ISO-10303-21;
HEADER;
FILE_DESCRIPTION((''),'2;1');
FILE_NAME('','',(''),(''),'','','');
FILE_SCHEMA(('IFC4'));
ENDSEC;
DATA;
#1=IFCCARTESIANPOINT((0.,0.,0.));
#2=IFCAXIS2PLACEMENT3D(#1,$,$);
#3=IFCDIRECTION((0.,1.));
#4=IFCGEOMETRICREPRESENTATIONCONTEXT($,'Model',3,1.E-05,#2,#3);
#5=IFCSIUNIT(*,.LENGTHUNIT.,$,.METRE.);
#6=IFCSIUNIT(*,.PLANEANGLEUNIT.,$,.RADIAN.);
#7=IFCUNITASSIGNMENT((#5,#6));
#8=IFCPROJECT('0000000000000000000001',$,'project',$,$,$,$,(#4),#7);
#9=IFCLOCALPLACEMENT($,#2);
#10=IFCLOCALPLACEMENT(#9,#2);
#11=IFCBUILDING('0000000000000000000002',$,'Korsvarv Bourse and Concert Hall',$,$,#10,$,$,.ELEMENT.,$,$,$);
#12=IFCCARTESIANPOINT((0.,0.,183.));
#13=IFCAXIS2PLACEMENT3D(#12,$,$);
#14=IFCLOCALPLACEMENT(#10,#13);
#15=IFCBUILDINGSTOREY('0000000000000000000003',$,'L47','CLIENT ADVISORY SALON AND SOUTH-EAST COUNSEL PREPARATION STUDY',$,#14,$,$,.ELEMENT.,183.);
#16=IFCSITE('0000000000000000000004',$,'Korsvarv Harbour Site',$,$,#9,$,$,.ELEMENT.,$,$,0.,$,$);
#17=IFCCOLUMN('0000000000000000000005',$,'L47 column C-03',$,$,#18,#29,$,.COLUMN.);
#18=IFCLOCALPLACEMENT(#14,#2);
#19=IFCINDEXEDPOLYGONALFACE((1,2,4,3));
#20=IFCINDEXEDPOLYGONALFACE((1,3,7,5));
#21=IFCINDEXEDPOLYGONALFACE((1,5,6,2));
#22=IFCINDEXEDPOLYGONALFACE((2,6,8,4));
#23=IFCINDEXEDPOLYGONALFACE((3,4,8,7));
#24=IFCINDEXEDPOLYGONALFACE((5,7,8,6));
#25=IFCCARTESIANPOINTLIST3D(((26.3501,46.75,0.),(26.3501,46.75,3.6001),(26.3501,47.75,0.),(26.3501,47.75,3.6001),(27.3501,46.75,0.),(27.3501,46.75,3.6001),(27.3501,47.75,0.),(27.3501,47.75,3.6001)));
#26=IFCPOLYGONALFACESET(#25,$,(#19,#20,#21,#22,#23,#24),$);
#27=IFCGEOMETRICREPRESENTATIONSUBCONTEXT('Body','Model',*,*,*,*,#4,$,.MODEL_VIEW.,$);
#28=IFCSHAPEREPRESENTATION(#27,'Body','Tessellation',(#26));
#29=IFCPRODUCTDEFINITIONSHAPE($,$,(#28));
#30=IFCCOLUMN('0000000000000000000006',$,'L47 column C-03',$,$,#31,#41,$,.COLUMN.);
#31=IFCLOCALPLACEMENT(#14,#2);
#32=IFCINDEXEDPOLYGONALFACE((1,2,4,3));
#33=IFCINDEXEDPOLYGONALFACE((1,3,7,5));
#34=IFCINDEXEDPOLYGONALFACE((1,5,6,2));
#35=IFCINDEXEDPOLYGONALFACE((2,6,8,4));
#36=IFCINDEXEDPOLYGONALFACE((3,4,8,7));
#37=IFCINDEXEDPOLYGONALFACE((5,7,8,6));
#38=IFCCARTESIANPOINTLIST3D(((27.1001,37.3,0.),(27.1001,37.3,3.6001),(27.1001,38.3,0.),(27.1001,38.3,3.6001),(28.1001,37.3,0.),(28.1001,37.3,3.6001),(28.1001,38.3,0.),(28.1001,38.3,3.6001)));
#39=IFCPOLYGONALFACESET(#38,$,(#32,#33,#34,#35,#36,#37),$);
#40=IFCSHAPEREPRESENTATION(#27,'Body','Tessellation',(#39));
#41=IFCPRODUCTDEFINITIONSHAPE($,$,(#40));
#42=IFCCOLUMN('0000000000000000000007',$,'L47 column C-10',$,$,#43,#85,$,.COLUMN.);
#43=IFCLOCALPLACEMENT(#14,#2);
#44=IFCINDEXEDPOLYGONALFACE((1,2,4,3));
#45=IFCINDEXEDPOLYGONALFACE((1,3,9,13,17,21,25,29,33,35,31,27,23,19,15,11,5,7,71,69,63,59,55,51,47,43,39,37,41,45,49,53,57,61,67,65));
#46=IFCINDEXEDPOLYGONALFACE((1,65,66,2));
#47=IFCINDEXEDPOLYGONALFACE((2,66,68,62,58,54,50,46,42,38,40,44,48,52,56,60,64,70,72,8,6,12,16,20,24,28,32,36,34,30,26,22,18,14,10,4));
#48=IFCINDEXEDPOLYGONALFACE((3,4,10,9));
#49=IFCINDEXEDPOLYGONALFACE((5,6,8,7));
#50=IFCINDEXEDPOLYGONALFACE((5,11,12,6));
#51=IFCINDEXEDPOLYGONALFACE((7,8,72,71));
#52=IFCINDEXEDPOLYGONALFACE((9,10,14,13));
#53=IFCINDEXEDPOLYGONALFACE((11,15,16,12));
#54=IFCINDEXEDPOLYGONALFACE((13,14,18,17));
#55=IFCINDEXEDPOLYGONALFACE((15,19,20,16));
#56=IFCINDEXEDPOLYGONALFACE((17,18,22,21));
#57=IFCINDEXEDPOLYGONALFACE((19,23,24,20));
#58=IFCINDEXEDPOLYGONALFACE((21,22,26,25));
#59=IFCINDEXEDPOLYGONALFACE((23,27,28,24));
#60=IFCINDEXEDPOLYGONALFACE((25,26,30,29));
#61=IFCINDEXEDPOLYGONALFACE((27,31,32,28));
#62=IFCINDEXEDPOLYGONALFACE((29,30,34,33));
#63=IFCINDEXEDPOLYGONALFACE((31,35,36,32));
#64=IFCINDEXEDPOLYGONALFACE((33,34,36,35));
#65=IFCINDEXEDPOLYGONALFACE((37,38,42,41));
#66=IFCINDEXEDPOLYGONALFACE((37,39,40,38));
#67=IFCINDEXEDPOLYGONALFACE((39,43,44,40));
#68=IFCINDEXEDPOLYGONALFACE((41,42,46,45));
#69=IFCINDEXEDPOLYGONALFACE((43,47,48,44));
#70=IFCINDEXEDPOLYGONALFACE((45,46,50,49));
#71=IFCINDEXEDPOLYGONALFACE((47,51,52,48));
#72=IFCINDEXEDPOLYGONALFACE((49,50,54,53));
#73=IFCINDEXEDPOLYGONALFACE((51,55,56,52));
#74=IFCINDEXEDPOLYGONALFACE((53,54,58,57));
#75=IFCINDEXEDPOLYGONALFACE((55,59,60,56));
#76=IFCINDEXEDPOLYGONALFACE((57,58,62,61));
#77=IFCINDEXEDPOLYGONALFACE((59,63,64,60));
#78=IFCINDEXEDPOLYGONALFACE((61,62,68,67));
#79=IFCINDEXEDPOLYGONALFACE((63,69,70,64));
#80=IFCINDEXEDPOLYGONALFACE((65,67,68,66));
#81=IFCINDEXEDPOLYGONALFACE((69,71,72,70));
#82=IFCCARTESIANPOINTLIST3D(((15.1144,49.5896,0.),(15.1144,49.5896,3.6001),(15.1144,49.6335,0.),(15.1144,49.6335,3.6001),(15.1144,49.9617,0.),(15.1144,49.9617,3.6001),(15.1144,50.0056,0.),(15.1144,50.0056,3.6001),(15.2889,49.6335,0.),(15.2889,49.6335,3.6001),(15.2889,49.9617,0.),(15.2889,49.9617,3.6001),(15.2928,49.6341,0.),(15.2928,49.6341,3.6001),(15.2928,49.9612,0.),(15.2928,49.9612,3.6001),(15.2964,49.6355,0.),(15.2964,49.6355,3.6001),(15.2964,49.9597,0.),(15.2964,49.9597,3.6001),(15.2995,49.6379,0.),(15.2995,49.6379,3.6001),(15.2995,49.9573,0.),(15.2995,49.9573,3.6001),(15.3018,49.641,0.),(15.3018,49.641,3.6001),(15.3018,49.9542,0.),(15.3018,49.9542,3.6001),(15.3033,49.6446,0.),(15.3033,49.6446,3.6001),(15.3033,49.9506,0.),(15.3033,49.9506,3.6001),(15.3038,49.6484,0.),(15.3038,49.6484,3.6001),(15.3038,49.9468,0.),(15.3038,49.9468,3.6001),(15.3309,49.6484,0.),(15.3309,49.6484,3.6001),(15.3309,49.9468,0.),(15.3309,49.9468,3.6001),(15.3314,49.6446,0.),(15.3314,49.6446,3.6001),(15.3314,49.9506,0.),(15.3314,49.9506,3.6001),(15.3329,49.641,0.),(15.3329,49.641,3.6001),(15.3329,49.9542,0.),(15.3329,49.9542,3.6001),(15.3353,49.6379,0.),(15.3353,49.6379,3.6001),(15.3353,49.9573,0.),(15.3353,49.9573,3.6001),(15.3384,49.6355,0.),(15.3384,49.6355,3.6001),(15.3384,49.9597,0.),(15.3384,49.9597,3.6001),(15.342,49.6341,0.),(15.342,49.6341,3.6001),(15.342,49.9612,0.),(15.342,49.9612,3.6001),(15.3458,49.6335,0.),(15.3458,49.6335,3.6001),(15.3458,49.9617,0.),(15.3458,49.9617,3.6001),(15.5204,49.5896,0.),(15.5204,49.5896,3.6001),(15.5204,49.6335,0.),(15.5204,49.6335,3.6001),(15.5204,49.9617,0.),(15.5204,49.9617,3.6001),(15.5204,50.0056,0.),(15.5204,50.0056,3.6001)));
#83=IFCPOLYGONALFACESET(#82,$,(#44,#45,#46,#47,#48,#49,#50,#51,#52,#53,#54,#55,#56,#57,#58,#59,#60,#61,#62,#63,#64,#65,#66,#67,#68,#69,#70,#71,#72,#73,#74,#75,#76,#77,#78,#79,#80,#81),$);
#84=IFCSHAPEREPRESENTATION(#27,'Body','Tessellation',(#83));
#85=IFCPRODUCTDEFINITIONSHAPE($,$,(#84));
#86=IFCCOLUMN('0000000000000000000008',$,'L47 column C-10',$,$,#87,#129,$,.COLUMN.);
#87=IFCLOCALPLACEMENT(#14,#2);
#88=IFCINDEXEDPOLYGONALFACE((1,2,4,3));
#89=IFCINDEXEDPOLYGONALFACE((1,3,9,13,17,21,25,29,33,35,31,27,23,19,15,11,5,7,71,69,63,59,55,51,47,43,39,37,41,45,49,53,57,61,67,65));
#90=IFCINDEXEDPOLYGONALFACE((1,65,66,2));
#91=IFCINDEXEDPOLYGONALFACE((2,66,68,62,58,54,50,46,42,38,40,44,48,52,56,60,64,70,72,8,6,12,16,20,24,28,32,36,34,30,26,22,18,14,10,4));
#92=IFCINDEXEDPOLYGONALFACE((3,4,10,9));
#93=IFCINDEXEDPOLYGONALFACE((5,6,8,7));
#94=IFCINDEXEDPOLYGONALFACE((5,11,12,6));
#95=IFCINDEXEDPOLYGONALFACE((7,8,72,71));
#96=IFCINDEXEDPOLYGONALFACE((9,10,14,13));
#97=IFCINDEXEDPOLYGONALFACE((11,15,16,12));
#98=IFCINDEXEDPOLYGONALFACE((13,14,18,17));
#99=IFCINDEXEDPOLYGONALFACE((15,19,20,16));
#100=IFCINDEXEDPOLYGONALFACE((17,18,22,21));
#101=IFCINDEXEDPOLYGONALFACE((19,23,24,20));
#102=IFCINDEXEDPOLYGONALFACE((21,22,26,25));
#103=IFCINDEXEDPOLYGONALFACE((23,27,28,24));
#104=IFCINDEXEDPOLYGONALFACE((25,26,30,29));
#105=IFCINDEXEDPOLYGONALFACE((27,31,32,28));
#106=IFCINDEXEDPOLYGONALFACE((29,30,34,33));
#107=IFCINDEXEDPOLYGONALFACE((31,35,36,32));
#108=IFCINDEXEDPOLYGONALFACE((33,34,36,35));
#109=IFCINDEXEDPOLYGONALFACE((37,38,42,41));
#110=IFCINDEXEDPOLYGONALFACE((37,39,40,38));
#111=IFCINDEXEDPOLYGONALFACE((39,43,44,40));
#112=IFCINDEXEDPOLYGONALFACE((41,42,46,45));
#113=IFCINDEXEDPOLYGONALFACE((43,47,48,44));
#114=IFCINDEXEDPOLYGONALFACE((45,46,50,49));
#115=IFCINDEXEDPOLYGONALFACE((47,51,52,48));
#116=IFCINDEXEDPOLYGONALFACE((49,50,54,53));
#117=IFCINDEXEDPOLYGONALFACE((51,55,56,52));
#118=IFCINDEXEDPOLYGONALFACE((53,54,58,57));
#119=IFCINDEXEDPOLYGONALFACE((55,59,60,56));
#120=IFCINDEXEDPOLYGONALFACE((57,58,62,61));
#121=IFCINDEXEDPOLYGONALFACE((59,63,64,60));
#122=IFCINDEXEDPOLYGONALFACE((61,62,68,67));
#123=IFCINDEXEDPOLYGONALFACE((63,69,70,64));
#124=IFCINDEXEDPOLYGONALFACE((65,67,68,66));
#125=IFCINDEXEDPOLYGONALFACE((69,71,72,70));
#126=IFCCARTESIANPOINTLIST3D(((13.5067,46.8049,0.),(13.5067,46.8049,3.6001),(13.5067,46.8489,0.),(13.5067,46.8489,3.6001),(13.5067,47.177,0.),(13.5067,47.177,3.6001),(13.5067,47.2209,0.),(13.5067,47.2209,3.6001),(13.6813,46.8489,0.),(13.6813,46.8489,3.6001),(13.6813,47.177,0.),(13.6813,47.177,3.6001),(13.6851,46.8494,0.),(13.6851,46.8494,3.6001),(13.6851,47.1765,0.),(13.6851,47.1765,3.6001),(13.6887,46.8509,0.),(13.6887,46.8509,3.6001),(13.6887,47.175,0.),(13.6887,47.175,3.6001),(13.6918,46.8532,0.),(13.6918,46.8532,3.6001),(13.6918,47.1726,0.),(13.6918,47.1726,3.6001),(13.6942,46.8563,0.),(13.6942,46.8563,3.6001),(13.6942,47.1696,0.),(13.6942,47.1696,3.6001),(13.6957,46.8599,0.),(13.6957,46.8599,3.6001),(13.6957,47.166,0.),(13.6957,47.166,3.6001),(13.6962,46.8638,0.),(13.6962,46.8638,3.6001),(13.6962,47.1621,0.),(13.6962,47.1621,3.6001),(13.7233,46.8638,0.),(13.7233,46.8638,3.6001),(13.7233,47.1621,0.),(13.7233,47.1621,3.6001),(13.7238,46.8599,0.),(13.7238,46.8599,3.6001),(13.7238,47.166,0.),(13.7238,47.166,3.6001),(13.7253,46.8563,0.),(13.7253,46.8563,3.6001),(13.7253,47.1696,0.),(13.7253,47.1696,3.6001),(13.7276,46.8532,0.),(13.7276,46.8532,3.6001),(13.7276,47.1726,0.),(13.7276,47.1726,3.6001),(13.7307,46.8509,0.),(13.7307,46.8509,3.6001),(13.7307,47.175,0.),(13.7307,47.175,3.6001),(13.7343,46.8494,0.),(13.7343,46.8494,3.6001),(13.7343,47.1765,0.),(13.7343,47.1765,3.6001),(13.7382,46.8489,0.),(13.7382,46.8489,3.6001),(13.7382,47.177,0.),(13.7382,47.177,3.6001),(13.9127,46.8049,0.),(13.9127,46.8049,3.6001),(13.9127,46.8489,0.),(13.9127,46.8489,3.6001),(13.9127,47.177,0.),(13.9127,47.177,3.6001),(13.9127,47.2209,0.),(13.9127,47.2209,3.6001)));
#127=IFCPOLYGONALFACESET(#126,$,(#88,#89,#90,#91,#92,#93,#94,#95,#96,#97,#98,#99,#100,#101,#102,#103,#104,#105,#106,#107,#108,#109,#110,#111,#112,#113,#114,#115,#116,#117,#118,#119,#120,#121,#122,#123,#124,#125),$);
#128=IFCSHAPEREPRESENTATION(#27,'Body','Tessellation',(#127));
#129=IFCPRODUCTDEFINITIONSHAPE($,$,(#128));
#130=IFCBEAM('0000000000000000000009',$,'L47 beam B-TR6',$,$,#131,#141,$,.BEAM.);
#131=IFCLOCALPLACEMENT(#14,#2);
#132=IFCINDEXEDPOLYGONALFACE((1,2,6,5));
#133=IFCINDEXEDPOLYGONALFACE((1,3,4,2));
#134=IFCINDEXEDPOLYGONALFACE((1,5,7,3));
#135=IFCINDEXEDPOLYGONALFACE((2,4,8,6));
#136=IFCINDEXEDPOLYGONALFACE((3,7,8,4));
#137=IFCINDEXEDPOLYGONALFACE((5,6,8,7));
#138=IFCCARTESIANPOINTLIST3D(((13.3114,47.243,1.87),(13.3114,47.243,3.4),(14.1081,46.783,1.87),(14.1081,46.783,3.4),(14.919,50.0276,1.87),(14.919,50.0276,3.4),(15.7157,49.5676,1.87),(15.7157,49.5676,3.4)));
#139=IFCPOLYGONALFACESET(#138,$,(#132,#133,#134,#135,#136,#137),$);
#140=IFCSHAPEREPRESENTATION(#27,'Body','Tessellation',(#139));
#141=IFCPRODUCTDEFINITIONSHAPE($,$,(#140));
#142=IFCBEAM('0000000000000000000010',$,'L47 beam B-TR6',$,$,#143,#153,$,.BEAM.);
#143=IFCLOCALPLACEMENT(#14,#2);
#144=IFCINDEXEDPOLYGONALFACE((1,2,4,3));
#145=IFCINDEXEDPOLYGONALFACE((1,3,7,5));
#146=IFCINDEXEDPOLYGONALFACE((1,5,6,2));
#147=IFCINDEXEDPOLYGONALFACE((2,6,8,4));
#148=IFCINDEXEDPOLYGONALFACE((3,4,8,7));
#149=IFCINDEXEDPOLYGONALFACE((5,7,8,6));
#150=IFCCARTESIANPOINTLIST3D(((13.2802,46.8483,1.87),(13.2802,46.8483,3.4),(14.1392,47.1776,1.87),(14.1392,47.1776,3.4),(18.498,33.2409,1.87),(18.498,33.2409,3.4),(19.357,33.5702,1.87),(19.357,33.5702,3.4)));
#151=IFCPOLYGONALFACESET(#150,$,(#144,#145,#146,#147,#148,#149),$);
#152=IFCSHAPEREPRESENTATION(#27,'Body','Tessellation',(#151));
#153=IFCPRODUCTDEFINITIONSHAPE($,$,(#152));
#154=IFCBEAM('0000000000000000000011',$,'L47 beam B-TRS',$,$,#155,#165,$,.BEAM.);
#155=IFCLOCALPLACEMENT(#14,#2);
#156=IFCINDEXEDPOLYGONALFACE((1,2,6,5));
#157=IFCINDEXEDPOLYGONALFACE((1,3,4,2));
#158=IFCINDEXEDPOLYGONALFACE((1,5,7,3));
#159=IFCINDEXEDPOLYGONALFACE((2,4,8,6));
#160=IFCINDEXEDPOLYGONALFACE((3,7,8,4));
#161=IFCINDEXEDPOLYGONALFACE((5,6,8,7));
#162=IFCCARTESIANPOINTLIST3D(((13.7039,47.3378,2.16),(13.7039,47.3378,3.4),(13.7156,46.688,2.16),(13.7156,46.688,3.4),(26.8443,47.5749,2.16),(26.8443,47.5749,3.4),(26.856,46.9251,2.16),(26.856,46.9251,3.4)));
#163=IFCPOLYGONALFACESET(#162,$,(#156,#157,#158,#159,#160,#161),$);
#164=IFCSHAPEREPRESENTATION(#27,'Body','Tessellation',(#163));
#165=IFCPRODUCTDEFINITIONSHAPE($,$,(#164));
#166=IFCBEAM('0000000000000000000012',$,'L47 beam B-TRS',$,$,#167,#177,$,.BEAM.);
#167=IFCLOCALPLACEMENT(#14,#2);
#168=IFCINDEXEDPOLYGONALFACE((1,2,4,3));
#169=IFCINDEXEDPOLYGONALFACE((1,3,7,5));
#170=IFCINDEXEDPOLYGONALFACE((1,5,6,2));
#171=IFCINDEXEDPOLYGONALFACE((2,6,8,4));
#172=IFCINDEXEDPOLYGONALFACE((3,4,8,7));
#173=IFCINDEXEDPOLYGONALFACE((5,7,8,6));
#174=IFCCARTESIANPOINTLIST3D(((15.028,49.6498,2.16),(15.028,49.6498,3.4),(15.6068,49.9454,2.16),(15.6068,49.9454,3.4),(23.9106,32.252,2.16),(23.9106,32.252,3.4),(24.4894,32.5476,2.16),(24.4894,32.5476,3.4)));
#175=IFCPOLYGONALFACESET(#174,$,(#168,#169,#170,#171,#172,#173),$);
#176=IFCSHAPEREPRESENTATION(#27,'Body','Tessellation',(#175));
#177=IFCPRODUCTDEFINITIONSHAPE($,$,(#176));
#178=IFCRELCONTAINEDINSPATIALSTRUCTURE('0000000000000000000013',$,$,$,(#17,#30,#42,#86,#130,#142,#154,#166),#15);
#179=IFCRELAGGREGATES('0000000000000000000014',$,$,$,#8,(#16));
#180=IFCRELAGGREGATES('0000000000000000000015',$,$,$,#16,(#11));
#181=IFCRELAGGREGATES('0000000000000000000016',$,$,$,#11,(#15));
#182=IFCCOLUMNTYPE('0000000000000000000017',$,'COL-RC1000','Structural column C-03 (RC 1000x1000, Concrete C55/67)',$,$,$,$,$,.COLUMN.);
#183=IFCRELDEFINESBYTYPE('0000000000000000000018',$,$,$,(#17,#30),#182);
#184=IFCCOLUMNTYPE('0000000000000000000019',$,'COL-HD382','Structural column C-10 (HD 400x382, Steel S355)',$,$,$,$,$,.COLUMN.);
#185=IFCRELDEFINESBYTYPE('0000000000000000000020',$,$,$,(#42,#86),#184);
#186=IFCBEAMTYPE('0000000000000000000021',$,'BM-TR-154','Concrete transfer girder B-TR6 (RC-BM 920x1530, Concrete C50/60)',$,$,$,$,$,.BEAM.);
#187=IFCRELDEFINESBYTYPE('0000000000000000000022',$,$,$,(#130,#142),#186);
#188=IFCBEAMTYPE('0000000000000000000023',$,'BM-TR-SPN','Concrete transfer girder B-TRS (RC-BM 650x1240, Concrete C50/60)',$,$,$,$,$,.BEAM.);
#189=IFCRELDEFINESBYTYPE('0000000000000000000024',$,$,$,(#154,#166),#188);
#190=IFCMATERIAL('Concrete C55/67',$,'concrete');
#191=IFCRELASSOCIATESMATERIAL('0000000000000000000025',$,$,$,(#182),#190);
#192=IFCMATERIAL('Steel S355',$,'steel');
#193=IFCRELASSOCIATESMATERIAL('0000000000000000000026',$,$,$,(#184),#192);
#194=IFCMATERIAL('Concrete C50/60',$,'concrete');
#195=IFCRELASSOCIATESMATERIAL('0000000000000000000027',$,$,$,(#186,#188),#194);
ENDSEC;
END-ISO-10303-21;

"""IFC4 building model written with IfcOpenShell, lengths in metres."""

from ifc_helpers import new_model, si_unit, direction, frame, origin, origin_2d, place, context, subcontext, project, spatial, rectangle, i_section, extrude, source, transform, mapped, material, material_profile, profile_set, type_object, element, save


model = new_model("IFC4")

# Units and contexts
model_context = context("Model", 3, precision=1e-05, world=origin(), true_north=direction((0.0, 1.0)))
body_context = subcontext(model_context, "Body", "Model", "MODEL_VIEW")
ifc_project = project(units=[si_unit("LENGTHUNIT", "METRE"), si_unit("PLANEANGLEUNIT", "RADIAN")], contexts=[model_context])

# Site, building, storey
site_placement = place(None, origin())
site = spatial("IfcSite", under=ifc_project, at=site_placement, Name="Korsvarv Harbour Site", CompositionType="ELEMENT", RefElevation=0.0)
building_placement = place(site_placement, origin())
building = spatial("IfcBuilding", under=site, at=building_placement, Name="Korsvarv Bourse and Concert Hall", CompositionType="ELEMENT")
storey_placement = place(building_placement, frame((0.0, 0.0, 183.0)))
storey = spatial("IfcBuildingStorey", under=building, at=storey_placement, Name="L47", Description="CLIENT ADVISORY SALON AND SOUTH-EAST COUNSEL PREPARATION STUDY", CompositionType="ELEMENT", Elevation=183.0)

# Columns
ifc_material_1 = material(Name="Concrete C55/67", Category="concrete")
ifc_material_profile_1 = material_profile(ifc_material_1, rectangle(XDim=1.0, YDim=1.0, at=origin_2d()), Name="RC 1000x1000")
ifc_profile_set_1 = profile_set([ifc_material_profile_1], Name="Concrete C55/67")
column_type_1 = type_object("IfcColumnType", Name="COL-RC1000", Description="Structural column C-03 (RC 1000x1000, Concrete C55/67)", PredefinedType="COLUMN", material=ifc_profile_set_1)
shared_shape_1 = source(origin(), body_context, "Body", "SweptSolid", [
    extrude(rectangle(XDim=1.0, YDim=1.0, at=origin_2d()), origin(), (0.0, 0.0, 1.0), 3.6001),
])
for number, where, z_axis, x_axis, name in (
    (1, (26.8501, 47.25, 0.0), (0.0, 0.0, 1.0), (1.0, 0.0, 0.0), "L47 column C-03"),
    (2, (27.6001, 37.8, 0.0), (0.0, 0.0, 1.0), (1.0, 0.0, 0.0), "L47 column C-03"),
):
    element("IfcColumn", number, at=place(storey_placement, frame(where, z_axis=z_axis, x_axis=x_axis)), inside=storey, type_object=column_type_1, Name=name, PredefinedType="COLUMN", context=body_context, shape_type="MappedRepresentation", body=[
        mapped(shared_shape_1, transform((0.0, 0.0, 0.0), scale=1.0)),
    ])
ifc_material_2 = material(Name="Steel S355", Category="steel")
ifc_material_profile_2 = material_profile(ifc_material_2, i_section(OverallWidth=0.406, OverallDepth=0.416, WebThickness=0.0271, FlangeThickness=0.0439, FilletRadius=0.0149, at=origin_2d()), Name="HD 400x382")
ifc_profile_set_2 = profile_set([ifc_material_profile_2], Name="Steel S355")
column_type_2 = type_object("IfcColumnType", Name="COL-HD382", Description="Structural column C-10 (HD 400x382, Steel S355)", PredefinedType="COLUMN", material=ifc_profile_set_2)
shared_shape_2 = source(origin(), body_context, "Body", "SweptSolid", [
    extrude(i_section(OverallWidth=0.406, OverallDepth=0.416, WebThickness=0.0271, FlangeThickness=0.0439, FilletRadius=0.0149, at=origin_2d()), origin(), (0.0, 0.0, 1.0), 3.6001),
])
for number, where, z_axis, x_axis, name in (
    (3, (15.3174, 49.7976, 0.0), (0.0, 0.0, 1.0), (1.0, 0.0, 0.0), "L47 column C-10"),
    (4, (13.7097, 47.0129, 0.0), (0.0, 0.0, 1.0), (1.0, 0.0, 0.0), "L47 column C-10"),
):
    element("IfcColumn", number, at=place(storey_placement, frame(where, z_axis=z_axis, x_axis=x_axis)), inside=storey, type_object=column_type_2, Name=name, PredefinedType="COLUMN", context=body_context, shape_type="MappedRepresentation", body=[
        mapped(shared_shape_2, transform((0.0, 0.0, 0.0), scale=1.0)),
    ])

# Beams
ifc_material_3 = material(Name="Concrete C50/60", Category="concrete")
ifc_material_profile_3 = material_profile(ifc_material_3, rectangle(XDim=0.9199, YDim=1.53, at=origin_2d()), Name="RC-BM 920x1530")
ifc_profile_set_3 = profile_set([ifc_material_profile_3], Name="Concrete C50/60")
beam_type_1 = type_object("IfcBeamType", Name="BM-TR-154", Description="Concrete transfer girder B-TR6 (RC-BM 920x1530, Concrete C50/60)", PredefinedType="BEAM", material=ifc_profile_set_3)
shared_shape_3 = source(origin(), body_context, "Body", "SweptSolid", [
    extrude(rectangle(XDim=0.9199, YDim=1.53, at=origin_2d()), origin(), (0.0, 0.0, 1.0), 3.2153),
])
beam_1_placement = place(storey_placement, frame((15.3174, 49.7976, 2.635), z_axis=(-0.499985, -0.866034, 0.0), x_axis=(0.866034, -0.499985, 0.0)))
element("IfcBeam", 5, at=beam_1_placement, inside=storey, type_object=beam_type_1, Name="L47 beam B-TR6", PredefinedType="BEAM", context=body_context, shape_type="MappedRepresentation", body=[
    mapped(shared_shape_3, transform((0.0, 0.0, 0.0), scale=1.0)),
])
shared_shape_4 = source(origin(), body_context, "Body", "SweptSolid", [
    extrude(rectangle(XDim=0.9199, YDim=1.53, at=origin_2d()), origin(), (0.0, 0.0, 1.0), 14.5735),
])
beam_2_placement = place(storey_placement, frame((13.7097, 47.0129, 2.635), z_axis=(0.358031, -0.93371, 0.0), x_axis=(0.93371, 0.358031, 0.0)))
element("IfcBeam", 6, at=beam_2_placement, inside=storey, type_object=beam_type_1, Name="L47 beam B-TR6", PredefinedType="BEAM", context=body_context, shape_type="MappedRepresentation", body=[
    mapped(shared_shape_4, transform((0.0, 0.0, 0.0), scale=1.0)),
])
ifc_material_profile_4 = material_profile(ifc_material_3, rectangle(XDim=0.6499, YDim=1.24, at=origin_2d()), Name="RC-BM 650x1240")
ifc_profile_set_4 = profile_set([ifc_material_profile_4], Name="Concrete C50/60")
beam_type_2 = type_object("IfcBeamType", Name="BM-TR-SPN", Description="Concrete transfer girder B-TRS (RC-BM 650x1240, Concrete C50/60)", PredefinedType="BEAM", material=ifc_profile_set_4)
shared_shape_5 = source(origin(), body_context, "Body", "SweptSolid", [
    extrude(rectangle(XDim=0.6499, YDim=1.24, at=origin_2d()), origin(), (0.0, 0.0, 1.0), 13.1426),
])
beam_3_placement = place(storey_placement, frame((13.7097, 47.0129, 2.78), z_axis=(0.999837, 0.018038, 0.0), x_axis=(-0.018038, 0.999837, 0.0)))
element("IfcBeam", 7, at=beam_3_placement, inside=storey, type_object=beam_type_2, Name="L47 beam B-TRS", PredefinedType="BEAM", context=body_context, shape_type="MappedRepresentation", body=[
    mapped(shared_shape_5, transform((0.0, 0.0, 0.0), scale=1.0)),
])
shared_shape_6 = source(origin(), body_context, "Body", "SweptSolid", [
    extrude(rectangle(XDim=0.6499, YDim=1.24, at=origin_2d()), origin(), (0.0, 0.0, 1.0), 19.5342),
])
beam_4_placement = place(storey_placement, frame((15.3174, 49.7976, 2.78), z_axis=(0.454722, -0.890634, 0.0), x_axis=(0.890634, 0.454722, 0.0)))
element("IfcBeam", 8, at=beam_4_placement, inside=storey, type_object=beam_type_2, Name="L47 beam B-TRS", PredefinedType="BEAM", context=body_context, shape_type="MappedRepresentation", body=[
    mapped(shared_shape_6, transform((0.0, 0.0, 0.0), scale=1.0)),
])

save(model, "model.ifc")
